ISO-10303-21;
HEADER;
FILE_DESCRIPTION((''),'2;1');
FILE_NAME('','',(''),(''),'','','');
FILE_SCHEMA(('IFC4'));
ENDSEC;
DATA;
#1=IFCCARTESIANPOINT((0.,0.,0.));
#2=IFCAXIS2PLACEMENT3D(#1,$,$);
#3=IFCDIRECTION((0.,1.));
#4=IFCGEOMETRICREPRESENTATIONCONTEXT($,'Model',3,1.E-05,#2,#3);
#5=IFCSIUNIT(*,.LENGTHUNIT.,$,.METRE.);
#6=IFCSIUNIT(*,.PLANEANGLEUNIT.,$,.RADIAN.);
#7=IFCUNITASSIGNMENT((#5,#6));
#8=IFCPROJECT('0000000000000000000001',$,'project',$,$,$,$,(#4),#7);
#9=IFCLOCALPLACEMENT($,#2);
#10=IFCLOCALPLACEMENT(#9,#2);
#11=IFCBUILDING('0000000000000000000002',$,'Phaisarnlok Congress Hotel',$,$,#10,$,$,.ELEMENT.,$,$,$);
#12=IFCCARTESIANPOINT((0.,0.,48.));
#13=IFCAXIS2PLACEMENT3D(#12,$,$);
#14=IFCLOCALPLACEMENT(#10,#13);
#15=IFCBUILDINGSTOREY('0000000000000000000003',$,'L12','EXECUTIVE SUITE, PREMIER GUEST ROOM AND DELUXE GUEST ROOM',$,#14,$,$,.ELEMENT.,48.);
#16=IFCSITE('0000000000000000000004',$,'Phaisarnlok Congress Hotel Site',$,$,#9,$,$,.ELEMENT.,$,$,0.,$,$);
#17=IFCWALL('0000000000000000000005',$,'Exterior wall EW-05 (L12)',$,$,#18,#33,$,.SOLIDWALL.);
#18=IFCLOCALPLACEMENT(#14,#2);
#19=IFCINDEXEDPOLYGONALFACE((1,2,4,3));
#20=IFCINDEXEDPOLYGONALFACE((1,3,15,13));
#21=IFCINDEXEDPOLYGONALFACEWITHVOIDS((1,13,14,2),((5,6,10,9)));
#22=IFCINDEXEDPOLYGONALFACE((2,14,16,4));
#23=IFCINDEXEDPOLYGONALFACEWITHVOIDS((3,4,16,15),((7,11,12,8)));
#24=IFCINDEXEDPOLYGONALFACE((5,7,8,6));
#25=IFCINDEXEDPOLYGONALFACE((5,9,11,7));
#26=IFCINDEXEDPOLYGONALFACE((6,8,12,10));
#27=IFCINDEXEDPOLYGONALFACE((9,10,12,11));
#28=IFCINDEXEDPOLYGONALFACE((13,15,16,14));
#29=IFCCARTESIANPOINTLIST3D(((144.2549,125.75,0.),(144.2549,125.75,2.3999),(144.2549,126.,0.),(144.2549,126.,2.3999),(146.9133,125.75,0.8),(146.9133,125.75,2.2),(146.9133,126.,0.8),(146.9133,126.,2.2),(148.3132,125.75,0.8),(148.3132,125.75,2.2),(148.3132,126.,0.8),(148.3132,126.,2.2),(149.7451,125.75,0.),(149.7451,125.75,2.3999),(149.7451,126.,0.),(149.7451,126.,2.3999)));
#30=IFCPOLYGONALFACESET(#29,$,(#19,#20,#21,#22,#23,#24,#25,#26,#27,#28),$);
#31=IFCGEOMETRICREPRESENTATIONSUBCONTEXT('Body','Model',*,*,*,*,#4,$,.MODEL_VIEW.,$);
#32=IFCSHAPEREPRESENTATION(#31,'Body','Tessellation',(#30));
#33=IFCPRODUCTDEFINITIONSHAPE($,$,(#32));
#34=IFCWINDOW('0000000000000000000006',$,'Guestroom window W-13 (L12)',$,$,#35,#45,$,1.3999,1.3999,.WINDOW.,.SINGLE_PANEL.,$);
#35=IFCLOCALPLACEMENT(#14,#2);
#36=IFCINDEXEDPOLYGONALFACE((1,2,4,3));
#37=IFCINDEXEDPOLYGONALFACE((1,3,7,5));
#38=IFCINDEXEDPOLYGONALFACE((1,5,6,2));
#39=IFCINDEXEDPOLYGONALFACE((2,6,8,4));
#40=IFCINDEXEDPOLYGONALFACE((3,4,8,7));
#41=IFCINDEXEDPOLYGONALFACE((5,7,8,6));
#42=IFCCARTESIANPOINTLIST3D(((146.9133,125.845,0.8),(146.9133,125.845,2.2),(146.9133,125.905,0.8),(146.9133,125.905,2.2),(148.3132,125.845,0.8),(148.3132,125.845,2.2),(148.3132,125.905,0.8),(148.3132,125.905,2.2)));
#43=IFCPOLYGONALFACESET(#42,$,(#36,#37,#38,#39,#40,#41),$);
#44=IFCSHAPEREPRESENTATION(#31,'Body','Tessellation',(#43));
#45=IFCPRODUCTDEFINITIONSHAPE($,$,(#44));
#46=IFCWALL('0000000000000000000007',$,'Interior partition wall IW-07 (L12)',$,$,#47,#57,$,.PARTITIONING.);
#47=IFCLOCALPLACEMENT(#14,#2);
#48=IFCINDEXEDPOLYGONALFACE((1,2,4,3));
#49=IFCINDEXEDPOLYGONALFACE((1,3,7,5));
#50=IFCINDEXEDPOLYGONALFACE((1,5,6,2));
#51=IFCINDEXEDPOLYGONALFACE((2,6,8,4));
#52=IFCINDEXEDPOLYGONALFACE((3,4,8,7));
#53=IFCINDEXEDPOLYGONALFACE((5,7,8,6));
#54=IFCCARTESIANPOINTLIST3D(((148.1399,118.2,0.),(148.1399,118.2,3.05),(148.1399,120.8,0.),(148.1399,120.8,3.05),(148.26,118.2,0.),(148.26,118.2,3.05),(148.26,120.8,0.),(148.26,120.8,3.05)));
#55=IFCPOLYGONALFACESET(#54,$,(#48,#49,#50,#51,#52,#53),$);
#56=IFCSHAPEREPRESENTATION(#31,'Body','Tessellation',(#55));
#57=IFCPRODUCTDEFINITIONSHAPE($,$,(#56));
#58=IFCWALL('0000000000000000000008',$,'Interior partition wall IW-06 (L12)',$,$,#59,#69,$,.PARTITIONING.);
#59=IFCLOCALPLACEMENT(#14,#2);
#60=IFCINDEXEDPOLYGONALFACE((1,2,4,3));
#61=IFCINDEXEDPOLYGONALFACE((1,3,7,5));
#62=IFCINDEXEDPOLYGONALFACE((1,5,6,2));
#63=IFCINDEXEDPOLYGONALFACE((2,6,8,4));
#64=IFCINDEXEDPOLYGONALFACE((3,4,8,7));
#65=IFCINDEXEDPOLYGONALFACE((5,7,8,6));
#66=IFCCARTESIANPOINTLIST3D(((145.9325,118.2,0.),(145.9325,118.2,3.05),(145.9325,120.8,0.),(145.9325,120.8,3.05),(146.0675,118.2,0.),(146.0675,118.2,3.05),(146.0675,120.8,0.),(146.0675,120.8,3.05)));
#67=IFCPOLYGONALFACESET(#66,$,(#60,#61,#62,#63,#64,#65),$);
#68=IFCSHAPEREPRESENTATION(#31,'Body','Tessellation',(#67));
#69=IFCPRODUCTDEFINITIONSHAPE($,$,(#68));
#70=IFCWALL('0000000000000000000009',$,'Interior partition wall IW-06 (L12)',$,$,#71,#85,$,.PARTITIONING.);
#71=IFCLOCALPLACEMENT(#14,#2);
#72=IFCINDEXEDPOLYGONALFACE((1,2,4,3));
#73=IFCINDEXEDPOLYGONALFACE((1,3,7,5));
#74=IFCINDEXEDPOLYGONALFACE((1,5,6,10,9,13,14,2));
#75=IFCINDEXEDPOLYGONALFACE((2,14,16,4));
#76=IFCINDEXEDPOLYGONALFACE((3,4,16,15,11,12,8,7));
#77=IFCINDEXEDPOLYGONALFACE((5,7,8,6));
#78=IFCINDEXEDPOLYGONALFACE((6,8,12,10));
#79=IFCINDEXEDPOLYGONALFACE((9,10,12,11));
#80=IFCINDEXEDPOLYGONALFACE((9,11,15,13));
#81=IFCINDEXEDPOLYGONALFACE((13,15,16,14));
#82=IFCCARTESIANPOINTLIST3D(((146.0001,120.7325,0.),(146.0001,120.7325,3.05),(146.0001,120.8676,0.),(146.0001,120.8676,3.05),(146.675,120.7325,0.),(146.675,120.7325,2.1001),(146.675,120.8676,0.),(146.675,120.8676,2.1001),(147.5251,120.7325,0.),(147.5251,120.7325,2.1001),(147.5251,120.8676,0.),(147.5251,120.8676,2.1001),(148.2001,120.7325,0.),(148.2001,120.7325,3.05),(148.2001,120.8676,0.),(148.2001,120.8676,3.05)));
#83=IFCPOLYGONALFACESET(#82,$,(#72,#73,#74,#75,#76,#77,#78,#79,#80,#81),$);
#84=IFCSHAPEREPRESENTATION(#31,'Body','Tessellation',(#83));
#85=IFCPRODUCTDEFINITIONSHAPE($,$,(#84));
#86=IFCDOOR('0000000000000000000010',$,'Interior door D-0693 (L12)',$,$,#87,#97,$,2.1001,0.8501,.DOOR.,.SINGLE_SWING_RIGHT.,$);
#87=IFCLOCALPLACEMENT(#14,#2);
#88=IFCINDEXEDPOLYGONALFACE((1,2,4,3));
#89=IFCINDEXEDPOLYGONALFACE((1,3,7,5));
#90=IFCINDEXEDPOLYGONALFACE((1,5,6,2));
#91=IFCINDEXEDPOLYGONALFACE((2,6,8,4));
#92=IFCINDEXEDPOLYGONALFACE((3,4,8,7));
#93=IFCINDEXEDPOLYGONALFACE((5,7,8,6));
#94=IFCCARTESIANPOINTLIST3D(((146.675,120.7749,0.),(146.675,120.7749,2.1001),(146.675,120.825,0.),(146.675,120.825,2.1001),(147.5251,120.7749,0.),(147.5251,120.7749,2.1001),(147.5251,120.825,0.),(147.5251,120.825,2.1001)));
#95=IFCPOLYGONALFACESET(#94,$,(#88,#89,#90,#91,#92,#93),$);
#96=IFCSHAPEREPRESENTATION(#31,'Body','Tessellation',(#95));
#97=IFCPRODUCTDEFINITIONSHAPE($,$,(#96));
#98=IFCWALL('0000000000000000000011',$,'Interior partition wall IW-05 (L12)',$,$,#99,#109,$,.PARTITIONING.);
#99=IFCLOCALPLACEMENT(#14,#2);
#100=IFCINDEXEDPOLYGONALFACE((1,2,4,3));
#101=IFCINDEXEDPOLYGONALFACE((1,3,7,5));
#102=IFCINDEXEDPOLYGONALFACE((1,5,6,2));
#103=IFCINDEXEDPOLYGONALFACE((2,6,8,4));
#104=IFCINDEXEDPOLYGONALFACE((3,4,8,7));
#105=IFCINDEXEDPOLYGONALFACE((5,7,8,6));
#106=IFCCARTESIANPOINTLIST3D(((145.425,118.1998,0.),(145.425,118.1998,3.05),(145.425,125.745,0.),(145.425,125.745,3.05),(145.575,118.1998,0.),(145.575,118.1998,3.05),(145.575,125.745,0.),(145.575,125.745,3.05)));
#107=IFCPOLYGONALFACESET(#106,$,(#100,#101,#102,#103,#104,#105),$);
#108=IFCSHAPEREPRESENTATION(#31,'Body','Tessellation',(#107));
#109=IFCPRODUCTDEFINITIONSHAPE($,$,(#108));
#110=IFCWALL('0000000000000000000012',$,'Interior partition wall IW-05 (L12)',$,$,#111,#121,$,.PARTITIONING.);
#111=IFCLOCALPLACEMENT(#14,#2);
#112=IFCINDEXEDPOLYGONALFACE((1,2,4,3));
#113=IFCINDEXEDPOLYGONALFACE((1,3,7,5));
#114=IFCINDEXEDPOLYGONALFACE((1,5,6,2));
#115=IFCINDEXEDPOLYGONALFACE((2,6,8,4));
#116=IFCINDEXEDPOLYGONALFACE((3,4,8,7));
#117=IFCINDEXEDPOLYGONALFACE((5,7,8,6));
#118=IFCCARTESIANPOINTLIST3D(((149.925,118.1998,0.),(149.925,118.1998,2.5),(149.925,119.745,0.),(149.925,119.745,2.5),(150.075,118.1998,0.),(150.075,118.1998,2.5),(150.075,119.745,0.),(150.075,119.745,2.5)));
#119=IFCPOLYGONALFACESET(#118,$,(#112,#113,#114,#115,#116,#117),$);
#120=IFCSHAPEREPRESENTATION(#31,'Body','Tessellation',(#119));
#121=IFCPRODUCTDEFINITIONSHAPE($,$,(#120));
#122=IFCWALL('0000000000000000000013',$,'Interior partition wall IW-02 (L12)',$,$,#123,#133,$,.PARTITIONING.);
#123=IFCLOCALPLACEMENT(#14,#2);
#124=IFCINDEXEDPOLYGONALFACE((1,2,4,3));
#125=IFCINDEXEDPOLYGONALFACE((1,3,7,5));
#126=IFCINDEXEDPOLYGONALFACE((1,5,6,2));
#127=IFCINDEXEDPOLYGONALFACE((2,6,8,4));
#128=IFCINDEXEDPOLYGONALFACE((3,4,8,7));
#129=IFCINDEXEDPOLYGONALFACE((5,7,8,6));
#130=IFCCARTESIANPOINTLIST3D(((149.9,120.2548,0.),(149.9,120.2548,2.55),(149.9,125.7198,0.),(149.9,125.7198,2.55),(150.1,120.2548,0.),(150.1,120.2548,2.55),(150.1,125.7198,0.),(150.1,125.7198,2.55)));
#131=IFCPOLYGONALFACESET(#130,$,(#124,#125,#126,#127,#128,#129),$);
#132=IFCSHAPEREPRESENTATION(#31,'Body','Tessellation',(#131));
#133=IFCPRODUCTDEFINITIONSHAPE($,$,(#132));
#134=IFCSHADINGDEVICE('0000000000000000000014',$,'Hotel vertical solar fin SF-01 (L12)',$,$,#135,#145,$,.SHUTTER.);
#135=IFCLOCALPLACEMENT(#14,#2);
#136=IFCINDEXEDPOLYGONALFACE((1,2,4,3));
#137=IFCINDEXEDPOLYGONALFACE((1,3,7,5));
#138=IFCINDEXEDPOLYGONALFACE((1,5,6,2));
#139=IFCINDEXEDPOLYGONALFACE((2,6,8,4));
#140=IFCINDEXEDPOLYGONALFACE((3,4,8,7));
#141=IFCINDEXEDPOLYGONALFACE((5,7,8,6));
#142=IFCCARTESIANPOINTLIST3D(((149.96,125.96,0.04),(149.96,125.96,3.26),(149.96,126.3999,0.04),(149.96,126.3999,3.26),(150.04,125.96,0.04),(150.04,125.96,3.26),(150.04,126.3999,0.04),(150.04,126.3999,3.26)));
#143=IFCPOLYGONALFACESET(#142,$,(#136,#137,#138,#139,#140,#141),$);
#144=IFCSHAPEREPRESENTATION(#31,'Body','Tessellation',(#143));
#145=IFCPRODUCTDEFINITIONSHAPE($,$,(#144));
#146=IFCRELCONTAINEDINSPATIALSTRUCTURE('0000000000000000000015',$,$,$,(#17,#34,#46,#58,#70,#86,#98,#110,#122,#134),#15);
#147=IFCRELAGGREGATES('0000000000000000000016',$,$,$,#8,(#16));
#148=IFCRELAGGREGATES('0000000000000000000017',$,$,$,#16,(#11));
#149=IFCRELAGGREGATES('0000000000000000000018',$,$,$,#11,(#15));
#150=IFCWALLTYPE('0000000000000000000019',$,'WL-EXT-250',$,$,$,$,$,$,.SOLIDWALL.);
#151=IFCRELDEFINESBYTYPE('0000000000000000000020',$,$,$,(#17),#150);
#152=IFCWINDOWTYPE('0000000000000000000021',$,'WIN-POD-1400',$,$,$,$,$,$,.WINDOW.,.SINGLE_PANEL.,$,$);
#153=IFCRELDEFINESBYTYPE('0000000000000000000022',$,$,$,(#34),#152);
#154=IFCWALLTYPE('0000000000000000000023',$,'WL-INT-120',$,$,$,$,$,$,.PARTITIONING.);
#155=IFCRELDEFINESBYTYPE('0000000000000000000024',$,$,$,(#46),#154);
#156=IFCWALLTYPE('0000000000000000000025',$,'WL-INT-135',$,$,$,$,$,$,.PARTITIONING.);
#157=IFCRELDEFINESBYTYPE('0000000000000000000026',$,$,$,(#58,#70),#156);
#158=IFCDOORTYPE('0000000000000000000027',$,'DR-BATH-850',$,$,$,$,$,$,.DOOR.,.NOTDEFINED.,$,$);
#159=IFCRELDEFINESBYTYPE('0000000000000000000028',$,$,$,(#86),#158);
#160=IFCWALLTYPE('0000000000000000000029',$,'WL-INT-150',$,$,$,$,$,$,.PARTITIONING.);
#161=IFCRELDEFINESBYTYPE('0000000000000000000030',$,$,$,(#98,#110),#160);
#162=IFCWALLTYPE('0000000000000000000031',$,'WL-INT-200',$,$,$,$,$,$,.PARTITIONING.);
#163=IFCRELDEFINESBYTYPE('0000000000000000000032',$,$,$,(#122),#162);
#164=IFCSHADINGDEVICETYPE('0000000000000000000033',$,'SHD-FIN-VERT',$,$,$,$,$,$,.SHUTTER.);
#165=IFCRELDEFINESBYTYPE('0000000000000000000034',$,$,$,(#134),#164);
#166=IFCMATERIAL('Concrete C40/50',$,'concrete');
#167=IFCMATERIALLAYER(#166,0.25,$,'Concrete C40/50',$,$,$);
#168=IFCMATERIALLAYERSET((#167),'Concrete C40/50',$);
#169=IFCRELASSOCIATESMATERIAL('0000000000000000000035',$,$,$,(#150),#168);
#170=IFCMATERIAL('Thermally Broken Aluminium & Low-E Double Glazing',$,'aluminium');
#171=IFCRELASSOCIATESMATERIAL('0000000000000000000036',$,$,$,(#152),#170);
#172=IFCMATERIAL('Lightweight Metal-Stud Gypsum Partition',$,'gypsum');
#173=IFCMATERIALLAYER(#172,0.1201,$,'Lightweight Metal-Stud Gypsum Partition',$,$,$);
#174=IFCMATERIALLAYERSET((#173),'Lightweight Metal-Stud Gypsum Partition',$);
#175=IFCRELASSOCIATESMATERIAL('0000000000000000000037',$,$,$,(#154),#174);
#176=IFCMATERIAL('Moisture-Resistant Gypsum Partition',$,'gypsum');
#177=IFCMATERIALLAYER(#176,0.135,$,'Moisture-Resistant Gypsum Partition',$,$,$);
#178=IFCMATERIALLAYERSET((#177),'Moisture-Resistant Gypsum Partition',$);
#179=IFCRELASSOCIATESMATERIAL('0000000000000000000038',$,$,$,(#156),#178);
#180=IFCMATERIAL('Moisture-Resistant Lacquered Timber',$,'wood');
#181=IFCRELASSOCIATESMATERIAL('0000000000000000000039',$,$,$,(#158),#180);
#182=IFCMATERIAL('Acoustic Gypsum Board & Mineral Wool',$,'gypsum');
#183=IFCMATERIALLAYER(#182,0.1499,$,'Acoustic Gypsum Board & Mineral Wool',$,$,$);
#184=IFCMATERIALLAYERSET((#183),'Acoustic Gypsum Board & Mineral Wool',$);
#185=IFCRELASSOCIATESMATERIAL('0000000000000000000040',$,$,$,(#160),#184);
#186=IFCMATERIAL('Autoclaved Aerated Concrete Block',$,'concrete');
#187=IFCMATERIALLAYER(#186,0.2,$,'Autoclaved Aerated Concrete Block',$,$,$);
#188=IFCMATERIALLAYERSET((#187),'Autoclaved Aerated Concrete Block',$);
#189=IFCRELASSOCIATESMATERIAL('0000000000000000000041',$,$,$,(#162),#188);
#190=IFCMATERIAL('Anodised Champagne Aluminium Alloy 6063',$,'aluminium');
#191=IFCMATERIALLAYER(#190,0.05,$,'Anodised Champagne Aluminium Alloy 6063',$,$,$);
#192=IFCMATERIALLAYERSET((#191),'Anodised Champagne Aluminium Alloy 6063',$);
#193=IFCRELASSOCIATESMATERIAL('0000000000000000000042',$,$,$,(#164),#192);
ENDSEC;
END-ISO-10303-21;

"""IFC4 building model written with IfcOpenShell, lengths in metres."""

from ifc_helpers import new_model, si_unit, direction, frame, frame_2d, origin, origin_2d, place, context, subcontext, project, spatial, rectangle, extrude, material, layer, layer_set, type_object, element, fill, save


model = new_model("IFC4")

# Units and contexts
model_context = context("Model", 3, precision=1e-05, world=origin(), true_north=direction((0.0, 1.0)))
body_context = subcontext(model_context, "Body", "Model", "MODEL_VIEW")
ifc_project = project(units=[si_unit("LENGTHUNIT", "METRE"), si_unit("PLANEANGLEUNIT", "RADIAN")], contexts=[model_context])

# Site, building, storey
site_placement = place(None, origin())
site = spatial("IfcSite", under=ifc_project, at=site_placement, Name="Phaisarnlok Congress Hotel Site", CompositionType="ELEMENT", RefElevation=0.0)
building_placement = place(site_placement, origin())
building = spatial("IfcBuilding", under=site, at=building_placement, Name="Phaisarnlok Congress Hotel", CompositionType="ELEMENT")
storey_placement = place(building_placement, frame((0.0, 0.0, 48.0)))
storey = spatial("IfcBuildingStorey", under=building, at=storey_placement, Name="L12", Description="EXECUTIVE SUITE, PREMIER GUEST ROOM AND DELUXE GUEST ROOM", CompositionType="ELEMENT", Elevation=48.0)

# Shared definitions
ifc_material_1 = material(Name="Concrete C40/50", Category="concrete")

# Wall, opening, window
ifc_layer_1 = layer(ifc_material_1, 0.25, Name="Concrete C40/50")
ifc_layer_set_1 = layer_set([ifc_layer_1], Name="Concrete C40/50")
wall_type_1 = type_object("IfcWallType", Name="WL-EXT-250", PredefinedType="SOLIDWALL", material=ifc_layer_set_1)
wall_1_placement = place(storey_placement, frame((149.7451, 125.875, 0.0), z_axis=(0.0, 0.0, 1.0), x_axis=(-1.0, 0.0, 0.0)))
wall_1 = element("IfcWall", 1, at=wall_1_placement, inside=storey, type_object=wall_type_1, Name="Exterior wall EW-05 (L12)", PredefinedType="SOLIDWALL", context=body_context, shape_type="SweptSolid", body=[
    extrude(rectangle(XDim=5.4902, YDim=0.25, at=frame_2d((2.7451, 0.0))), origin(), (0.0, 0.0, 1.0), 2.3999),
])
opening_1_placement = place(wall_1_placement, frame((1.4319, 0.0, 0.8)))
opening_1 = element("IfcOpeningElement", 2, at=opening_1_placement, cuts=wall_1, PredefinedType="OPENING", context=body_context, shape_type="SweptSolid", body=[
    extrude(rectangle(XDim=1.3999, YDim=1.3999, at=frame_2d((0.7, 0.7))), frame((0.0, 0.135, 0.0), z_axis=(0.0, -1.0, 0.0), x_axis=(1.0, 0.0, 0.0)), (0.0, 0.0, 1.0), 0.27),
])
ifc_material_2 = material(Name="Thermally Broken Aluminium & Low-E Double Glazing", Category="aluminium")
window_type = type_object("IfcWindowType", Name="WIN-POD-1400", PartitioningType="SINGLE_PANEL", PredefinedType="WINDOW", material=ifc_material_2)
window_placement = place(opening_1_placement, origin())
window = element("IfcWindow", 3, at=window_placement, inside=storey, type_object=window_type, Name="Guestroom window W-13 (L12)", OverallHeight=1.3999, OverallWidth=1.3999, PartitioningType="SINGLE_PANEL", PredefinedType="WINDOW", context=body_context, shape_type="SweptSolid", body=[
    extrude(rectangle(XDim=1.3999, YDim=1.3999, at=frame_2d((0.7, 0.7))), frame((0.0, 0.03, 0.0), z_axis=(0.0, -1.0, 0.0), x_axis=(1.0, 0.0, 0.0)), (0.0, 0.0, 1.0), 0.0601),
])
fill(opening_1, window)

# Walls
ifc_material_3 = material(Name="Lightweight Metal-Stud Gypsum Partition", Category="gypsum")
ifc_layer_2 = layer(ifc_material_3, 0.1201, Name="Lightweight Metal-Stud Gypsum Partition")
ifc_layer_set_2 = layer_set([ifc_layer_2], Name="Lightweight Metal-Stud Gypsum Partition")
wall_type_2 = type_object("IfcWallType", Name="WL-INT-120", PredefinedType="PARTITIONING", material=ifc_layer_set_2)
wall_2_placement = place(storey_placement, frame((148.2, 118.2, 0.0), z_axis=(0.0, 0.0, 1.0), x_axis=(0.0, 1.0, 0.0)))
element("IfcWall", 4, at=wall_2_placement, inside=storey, type_object=wall_type_2, Name="Interior partition wall IW-07 (L12)", PredefinedType="PARTITIONING", context=body_context, shape_type="SweptSolid", body=[
    extrude(rectangle(XDim=2.6001, YDim=0.1201, at=frame_2d((1.3, 0.0))), origin(), (0.0, 0.0, 1.0), 3.05),
])
ifc_material_4 = material(Name="Moisture-Resistant Gypsum Partition", Category="gypsum")
ifc_layer_3 = layer(ifc_material_4, 0.135, Name="Moisture-Resistant Gypsum Partition")
ifc_layer_set_3 = layer_set([ifc_layer_3], Name="Moisture-Resistant Gypsum Partition")
wall_type_3 = type_object("IfcWallType", Name="WL-INT-135", PredefinedType="PARTITIONING", material=ifc_layer_set_3)
wall_3_placement = place(storey_placement, frame((146.0, 118.2, 0.0), z_axis=(0.0, 0.0, 1.0), x_axis=(0.0, 1.0, 0.0)))
element("IfcWall", 5, at=wall_3_placement, inside=storey, type_object=wall_type_3, Name="Interior partition wall IW-06 (L12)", PredefinedType="PARTITIONING", context=body_context, shape_type="SweptSolid", body=[
    extrude(rectangle(XDim=2.6001, YDim=0.135, at=frame_2d((1.3, 0.0))), origin(), (0.0, 0.0, 1.0), 3.05),
])

# Wall, opening, door
wall_4_placement = place(storey_placement, frame((146.0, 120.8, 0.0), z_axis=(0.0, 0.0, 1.0), x_axis=(1.0, 0.0, 0.0)))
wall_4 = element("IfcWall", 6, at=wall_4_placement, inside=storey, type_object=wall_type_3, Name="Interior partition wall IW-06 (L12)", PredefinedType="PARTITIONING", context=body_context, shape_type="SweptSolid", body=[
    extrude(rectangle(XDim=2.2, YDim=0.135, at=frame_2d((1.1001, 0.0))), origin(), (0.0, 0.0, 1.0), 3.05),
])
opening_2_placement = place(wall_4_placement, frame((0.675, 0.0, 0.0)))
opening_2 = element("IfcOpeningElement", 7, at=opening_2_placement, cuts=wall_4, PredefinedType="OPENING", context=body_context, shape_type="SweptSolid", body=[
    extrude(rectangle(XDim=0.8501, YDim=2.1001, at=frame_2d((0.425, 1.05))), frame((0.0, 0.0776, 0.0), z_axis=(0.0, -1.0, 0.0), x_axis=(1.0, 0.0, 0.0)), (0.0, 0.0, 1.0), 0.155),
])
ifc_material_5 = material(Name="Moisture-Resistant Lacquered Timber", Category="wood")
door_type = type_object("IfcDoorType", Name="DR-BATH-850", OperationType="NOTDEFINED", PredefinedType="DOOR", material=ifc_material_5)
door_placement = place(opening_2_placement, origin())
door = element("IfcDoor", 8, at=door_placement, inside=storey, type_object=door_type, Name="Interior door D-0693 (L12)", OperationType="SINGLE_SWING_RIGHT", OverallHeight=2.1001, OverallWidth=0.8501, PredefinedType="DOOR", context=body_context, shape_type="SweptSolid", body=[
    extrude(rectangle(XDim=0.8501, YDim=2.1001, at=frame_2d((0.425, 1.05))), frame((0.0, 0.0249, 0.0), z_axis=(0.0, -1.0, 0.0), x_axis=(1.0, 0.0, 0.0)), (0.0, 0.0, 1.0), 0.05),
])
fill(opening_2, door)

# Walls
ifc_material_6 = material(Name="Acoustic Gypsum Board & Mineral Wool", Category="gypsum")
ifc_layer_4 = layer(ifc_material_6, 0.1499, Name="Acoustic Gypsum Board & Mineral Wool")
ifc_layer_set_4 = layer_set([ifc_layer_4], Name="Acoustic Gypsum Board & Mineral Wool")
wall_type_4 = type_object("IfcWallType", Name="WL-INT-150", PredefinedType="PARTITIONING", material=ifc_layer_set_4)
wall_5_placement = place(storey_placement, frame((145.5, 118.2, 0.0), z_axis=(0.0, 0.0, 1.0), x_axis=(0.0, 1.0, 0.0)))
element("IfcWall", 9, at=wall_5_placement, inside=storey, type_object=wall_type_4, Name="Interior partition wall IW-05 (L12)", PredefinedType="PARTITIONING", context=body_context, shape_type="SweptSolid", body=[
    extrude(rectangle(XDim=7.5452, YDim=0.1499, at=frame_2d((3.7725, 0.0))), origin(), (0.0, 0.0, 1.0), 3.05),
])
wall_6_placement = place(storey_placement, frame((150.0, 118.2, 0.0), z_axis=(0.0, 0.0, 1.0), x_axis=(0.0, 1.0, 0.0)))
element("IfcWall", 10, at=wall_6_placement, inside=storey, type_object=wall_type_4, Name="Interior partition wall IW-05 (L12)", PredefinedType="PARTITIONING", context=body_context, shape_type="SweptSolid", body=[
    extrude(rectangle(XDim=1.5452, YDim=0.1499, at=frame_2d((0.7725, 0.0))), origin(), (0.0, 0.0, 1.0), 2.5),
])
ifc_material_7 = material(Name="Autoclaved Aerated Concrete Block", Category="concrete")
ifc_layer_5 = layer(ifc_material_7, 0.2, Name="Autoclaved Aerated Concrete Block")
ifc_layer_set_5 = layer_set([ifc_layer_5], Name="Autoclaved Aerated Concrete Block")
wall_type_5 = type_object("IfcWallType", Name="WL-INT-200", PredefinedType="PARTITIONING", material=ifc_layer_set_5)
wall_7_placement = place(storey_placement, frame((150.0, 120.2549, 0.0), z_axis=(0.0, 0.0, 1.0), x_axis=(0.0, 1.0, 0.0)))
element("IfcWall", 11, at=wall_7_placement, inside=storey, type_object=wall_type_5, Name="Interior partition wall IW-02 (L12)", PredefinedType="PARTITIONING", context=body_context, shape_type="SweptSolid", body=[
    extrude(rectangle(XDim=5.4651, YDim=0.2, at=frame_2d((2.7324, 0.0))), origin(), (0.0, 0.0, 1.0), 2.55),
])

# Shading device
ifc_material_8 = material(Name="Anodised Champagne Aluminium Alloy 6063", Category="aluminium")
ifc_layer_6 = layer(ifc_material_8, 0.05, Name="Anodised Champagne Aluminium Alloy 6063")
ifc_layer_set_6 = layer_set([ifc_layer_6], Name="Anodised Champagne Aluminium Alloy 6063")
shading_device_type = type_object("IfcShadingDeviceType", Name="SHD-FIN-VERT", PredefinedType="SHUTTER", material=ifc_layer_set_6)
shading_device_placement = place(storey_placement, frame((150.0, 126.1799, 0.04), z_axis=(0.0, 0.0, 1.0), x_axis=(1.0, 0.0, 0.0)))
element("IfcShadingDevice", 12, at=shading_device_placement, inside=storey, type_object=shading_device_type, Name="Hotel vertical solar fin SF-01 (L12)", PredefinedType="SHUTTER", context=body_context, shape_type="SweptSolid", body=[
    extrude(rectangle(XDim=0.0801, YDim=0.4399, at=origin_2d()), origin(), (0.0, 0.0, 1.0), 3.22),
])

save(model, "model.ifc")
